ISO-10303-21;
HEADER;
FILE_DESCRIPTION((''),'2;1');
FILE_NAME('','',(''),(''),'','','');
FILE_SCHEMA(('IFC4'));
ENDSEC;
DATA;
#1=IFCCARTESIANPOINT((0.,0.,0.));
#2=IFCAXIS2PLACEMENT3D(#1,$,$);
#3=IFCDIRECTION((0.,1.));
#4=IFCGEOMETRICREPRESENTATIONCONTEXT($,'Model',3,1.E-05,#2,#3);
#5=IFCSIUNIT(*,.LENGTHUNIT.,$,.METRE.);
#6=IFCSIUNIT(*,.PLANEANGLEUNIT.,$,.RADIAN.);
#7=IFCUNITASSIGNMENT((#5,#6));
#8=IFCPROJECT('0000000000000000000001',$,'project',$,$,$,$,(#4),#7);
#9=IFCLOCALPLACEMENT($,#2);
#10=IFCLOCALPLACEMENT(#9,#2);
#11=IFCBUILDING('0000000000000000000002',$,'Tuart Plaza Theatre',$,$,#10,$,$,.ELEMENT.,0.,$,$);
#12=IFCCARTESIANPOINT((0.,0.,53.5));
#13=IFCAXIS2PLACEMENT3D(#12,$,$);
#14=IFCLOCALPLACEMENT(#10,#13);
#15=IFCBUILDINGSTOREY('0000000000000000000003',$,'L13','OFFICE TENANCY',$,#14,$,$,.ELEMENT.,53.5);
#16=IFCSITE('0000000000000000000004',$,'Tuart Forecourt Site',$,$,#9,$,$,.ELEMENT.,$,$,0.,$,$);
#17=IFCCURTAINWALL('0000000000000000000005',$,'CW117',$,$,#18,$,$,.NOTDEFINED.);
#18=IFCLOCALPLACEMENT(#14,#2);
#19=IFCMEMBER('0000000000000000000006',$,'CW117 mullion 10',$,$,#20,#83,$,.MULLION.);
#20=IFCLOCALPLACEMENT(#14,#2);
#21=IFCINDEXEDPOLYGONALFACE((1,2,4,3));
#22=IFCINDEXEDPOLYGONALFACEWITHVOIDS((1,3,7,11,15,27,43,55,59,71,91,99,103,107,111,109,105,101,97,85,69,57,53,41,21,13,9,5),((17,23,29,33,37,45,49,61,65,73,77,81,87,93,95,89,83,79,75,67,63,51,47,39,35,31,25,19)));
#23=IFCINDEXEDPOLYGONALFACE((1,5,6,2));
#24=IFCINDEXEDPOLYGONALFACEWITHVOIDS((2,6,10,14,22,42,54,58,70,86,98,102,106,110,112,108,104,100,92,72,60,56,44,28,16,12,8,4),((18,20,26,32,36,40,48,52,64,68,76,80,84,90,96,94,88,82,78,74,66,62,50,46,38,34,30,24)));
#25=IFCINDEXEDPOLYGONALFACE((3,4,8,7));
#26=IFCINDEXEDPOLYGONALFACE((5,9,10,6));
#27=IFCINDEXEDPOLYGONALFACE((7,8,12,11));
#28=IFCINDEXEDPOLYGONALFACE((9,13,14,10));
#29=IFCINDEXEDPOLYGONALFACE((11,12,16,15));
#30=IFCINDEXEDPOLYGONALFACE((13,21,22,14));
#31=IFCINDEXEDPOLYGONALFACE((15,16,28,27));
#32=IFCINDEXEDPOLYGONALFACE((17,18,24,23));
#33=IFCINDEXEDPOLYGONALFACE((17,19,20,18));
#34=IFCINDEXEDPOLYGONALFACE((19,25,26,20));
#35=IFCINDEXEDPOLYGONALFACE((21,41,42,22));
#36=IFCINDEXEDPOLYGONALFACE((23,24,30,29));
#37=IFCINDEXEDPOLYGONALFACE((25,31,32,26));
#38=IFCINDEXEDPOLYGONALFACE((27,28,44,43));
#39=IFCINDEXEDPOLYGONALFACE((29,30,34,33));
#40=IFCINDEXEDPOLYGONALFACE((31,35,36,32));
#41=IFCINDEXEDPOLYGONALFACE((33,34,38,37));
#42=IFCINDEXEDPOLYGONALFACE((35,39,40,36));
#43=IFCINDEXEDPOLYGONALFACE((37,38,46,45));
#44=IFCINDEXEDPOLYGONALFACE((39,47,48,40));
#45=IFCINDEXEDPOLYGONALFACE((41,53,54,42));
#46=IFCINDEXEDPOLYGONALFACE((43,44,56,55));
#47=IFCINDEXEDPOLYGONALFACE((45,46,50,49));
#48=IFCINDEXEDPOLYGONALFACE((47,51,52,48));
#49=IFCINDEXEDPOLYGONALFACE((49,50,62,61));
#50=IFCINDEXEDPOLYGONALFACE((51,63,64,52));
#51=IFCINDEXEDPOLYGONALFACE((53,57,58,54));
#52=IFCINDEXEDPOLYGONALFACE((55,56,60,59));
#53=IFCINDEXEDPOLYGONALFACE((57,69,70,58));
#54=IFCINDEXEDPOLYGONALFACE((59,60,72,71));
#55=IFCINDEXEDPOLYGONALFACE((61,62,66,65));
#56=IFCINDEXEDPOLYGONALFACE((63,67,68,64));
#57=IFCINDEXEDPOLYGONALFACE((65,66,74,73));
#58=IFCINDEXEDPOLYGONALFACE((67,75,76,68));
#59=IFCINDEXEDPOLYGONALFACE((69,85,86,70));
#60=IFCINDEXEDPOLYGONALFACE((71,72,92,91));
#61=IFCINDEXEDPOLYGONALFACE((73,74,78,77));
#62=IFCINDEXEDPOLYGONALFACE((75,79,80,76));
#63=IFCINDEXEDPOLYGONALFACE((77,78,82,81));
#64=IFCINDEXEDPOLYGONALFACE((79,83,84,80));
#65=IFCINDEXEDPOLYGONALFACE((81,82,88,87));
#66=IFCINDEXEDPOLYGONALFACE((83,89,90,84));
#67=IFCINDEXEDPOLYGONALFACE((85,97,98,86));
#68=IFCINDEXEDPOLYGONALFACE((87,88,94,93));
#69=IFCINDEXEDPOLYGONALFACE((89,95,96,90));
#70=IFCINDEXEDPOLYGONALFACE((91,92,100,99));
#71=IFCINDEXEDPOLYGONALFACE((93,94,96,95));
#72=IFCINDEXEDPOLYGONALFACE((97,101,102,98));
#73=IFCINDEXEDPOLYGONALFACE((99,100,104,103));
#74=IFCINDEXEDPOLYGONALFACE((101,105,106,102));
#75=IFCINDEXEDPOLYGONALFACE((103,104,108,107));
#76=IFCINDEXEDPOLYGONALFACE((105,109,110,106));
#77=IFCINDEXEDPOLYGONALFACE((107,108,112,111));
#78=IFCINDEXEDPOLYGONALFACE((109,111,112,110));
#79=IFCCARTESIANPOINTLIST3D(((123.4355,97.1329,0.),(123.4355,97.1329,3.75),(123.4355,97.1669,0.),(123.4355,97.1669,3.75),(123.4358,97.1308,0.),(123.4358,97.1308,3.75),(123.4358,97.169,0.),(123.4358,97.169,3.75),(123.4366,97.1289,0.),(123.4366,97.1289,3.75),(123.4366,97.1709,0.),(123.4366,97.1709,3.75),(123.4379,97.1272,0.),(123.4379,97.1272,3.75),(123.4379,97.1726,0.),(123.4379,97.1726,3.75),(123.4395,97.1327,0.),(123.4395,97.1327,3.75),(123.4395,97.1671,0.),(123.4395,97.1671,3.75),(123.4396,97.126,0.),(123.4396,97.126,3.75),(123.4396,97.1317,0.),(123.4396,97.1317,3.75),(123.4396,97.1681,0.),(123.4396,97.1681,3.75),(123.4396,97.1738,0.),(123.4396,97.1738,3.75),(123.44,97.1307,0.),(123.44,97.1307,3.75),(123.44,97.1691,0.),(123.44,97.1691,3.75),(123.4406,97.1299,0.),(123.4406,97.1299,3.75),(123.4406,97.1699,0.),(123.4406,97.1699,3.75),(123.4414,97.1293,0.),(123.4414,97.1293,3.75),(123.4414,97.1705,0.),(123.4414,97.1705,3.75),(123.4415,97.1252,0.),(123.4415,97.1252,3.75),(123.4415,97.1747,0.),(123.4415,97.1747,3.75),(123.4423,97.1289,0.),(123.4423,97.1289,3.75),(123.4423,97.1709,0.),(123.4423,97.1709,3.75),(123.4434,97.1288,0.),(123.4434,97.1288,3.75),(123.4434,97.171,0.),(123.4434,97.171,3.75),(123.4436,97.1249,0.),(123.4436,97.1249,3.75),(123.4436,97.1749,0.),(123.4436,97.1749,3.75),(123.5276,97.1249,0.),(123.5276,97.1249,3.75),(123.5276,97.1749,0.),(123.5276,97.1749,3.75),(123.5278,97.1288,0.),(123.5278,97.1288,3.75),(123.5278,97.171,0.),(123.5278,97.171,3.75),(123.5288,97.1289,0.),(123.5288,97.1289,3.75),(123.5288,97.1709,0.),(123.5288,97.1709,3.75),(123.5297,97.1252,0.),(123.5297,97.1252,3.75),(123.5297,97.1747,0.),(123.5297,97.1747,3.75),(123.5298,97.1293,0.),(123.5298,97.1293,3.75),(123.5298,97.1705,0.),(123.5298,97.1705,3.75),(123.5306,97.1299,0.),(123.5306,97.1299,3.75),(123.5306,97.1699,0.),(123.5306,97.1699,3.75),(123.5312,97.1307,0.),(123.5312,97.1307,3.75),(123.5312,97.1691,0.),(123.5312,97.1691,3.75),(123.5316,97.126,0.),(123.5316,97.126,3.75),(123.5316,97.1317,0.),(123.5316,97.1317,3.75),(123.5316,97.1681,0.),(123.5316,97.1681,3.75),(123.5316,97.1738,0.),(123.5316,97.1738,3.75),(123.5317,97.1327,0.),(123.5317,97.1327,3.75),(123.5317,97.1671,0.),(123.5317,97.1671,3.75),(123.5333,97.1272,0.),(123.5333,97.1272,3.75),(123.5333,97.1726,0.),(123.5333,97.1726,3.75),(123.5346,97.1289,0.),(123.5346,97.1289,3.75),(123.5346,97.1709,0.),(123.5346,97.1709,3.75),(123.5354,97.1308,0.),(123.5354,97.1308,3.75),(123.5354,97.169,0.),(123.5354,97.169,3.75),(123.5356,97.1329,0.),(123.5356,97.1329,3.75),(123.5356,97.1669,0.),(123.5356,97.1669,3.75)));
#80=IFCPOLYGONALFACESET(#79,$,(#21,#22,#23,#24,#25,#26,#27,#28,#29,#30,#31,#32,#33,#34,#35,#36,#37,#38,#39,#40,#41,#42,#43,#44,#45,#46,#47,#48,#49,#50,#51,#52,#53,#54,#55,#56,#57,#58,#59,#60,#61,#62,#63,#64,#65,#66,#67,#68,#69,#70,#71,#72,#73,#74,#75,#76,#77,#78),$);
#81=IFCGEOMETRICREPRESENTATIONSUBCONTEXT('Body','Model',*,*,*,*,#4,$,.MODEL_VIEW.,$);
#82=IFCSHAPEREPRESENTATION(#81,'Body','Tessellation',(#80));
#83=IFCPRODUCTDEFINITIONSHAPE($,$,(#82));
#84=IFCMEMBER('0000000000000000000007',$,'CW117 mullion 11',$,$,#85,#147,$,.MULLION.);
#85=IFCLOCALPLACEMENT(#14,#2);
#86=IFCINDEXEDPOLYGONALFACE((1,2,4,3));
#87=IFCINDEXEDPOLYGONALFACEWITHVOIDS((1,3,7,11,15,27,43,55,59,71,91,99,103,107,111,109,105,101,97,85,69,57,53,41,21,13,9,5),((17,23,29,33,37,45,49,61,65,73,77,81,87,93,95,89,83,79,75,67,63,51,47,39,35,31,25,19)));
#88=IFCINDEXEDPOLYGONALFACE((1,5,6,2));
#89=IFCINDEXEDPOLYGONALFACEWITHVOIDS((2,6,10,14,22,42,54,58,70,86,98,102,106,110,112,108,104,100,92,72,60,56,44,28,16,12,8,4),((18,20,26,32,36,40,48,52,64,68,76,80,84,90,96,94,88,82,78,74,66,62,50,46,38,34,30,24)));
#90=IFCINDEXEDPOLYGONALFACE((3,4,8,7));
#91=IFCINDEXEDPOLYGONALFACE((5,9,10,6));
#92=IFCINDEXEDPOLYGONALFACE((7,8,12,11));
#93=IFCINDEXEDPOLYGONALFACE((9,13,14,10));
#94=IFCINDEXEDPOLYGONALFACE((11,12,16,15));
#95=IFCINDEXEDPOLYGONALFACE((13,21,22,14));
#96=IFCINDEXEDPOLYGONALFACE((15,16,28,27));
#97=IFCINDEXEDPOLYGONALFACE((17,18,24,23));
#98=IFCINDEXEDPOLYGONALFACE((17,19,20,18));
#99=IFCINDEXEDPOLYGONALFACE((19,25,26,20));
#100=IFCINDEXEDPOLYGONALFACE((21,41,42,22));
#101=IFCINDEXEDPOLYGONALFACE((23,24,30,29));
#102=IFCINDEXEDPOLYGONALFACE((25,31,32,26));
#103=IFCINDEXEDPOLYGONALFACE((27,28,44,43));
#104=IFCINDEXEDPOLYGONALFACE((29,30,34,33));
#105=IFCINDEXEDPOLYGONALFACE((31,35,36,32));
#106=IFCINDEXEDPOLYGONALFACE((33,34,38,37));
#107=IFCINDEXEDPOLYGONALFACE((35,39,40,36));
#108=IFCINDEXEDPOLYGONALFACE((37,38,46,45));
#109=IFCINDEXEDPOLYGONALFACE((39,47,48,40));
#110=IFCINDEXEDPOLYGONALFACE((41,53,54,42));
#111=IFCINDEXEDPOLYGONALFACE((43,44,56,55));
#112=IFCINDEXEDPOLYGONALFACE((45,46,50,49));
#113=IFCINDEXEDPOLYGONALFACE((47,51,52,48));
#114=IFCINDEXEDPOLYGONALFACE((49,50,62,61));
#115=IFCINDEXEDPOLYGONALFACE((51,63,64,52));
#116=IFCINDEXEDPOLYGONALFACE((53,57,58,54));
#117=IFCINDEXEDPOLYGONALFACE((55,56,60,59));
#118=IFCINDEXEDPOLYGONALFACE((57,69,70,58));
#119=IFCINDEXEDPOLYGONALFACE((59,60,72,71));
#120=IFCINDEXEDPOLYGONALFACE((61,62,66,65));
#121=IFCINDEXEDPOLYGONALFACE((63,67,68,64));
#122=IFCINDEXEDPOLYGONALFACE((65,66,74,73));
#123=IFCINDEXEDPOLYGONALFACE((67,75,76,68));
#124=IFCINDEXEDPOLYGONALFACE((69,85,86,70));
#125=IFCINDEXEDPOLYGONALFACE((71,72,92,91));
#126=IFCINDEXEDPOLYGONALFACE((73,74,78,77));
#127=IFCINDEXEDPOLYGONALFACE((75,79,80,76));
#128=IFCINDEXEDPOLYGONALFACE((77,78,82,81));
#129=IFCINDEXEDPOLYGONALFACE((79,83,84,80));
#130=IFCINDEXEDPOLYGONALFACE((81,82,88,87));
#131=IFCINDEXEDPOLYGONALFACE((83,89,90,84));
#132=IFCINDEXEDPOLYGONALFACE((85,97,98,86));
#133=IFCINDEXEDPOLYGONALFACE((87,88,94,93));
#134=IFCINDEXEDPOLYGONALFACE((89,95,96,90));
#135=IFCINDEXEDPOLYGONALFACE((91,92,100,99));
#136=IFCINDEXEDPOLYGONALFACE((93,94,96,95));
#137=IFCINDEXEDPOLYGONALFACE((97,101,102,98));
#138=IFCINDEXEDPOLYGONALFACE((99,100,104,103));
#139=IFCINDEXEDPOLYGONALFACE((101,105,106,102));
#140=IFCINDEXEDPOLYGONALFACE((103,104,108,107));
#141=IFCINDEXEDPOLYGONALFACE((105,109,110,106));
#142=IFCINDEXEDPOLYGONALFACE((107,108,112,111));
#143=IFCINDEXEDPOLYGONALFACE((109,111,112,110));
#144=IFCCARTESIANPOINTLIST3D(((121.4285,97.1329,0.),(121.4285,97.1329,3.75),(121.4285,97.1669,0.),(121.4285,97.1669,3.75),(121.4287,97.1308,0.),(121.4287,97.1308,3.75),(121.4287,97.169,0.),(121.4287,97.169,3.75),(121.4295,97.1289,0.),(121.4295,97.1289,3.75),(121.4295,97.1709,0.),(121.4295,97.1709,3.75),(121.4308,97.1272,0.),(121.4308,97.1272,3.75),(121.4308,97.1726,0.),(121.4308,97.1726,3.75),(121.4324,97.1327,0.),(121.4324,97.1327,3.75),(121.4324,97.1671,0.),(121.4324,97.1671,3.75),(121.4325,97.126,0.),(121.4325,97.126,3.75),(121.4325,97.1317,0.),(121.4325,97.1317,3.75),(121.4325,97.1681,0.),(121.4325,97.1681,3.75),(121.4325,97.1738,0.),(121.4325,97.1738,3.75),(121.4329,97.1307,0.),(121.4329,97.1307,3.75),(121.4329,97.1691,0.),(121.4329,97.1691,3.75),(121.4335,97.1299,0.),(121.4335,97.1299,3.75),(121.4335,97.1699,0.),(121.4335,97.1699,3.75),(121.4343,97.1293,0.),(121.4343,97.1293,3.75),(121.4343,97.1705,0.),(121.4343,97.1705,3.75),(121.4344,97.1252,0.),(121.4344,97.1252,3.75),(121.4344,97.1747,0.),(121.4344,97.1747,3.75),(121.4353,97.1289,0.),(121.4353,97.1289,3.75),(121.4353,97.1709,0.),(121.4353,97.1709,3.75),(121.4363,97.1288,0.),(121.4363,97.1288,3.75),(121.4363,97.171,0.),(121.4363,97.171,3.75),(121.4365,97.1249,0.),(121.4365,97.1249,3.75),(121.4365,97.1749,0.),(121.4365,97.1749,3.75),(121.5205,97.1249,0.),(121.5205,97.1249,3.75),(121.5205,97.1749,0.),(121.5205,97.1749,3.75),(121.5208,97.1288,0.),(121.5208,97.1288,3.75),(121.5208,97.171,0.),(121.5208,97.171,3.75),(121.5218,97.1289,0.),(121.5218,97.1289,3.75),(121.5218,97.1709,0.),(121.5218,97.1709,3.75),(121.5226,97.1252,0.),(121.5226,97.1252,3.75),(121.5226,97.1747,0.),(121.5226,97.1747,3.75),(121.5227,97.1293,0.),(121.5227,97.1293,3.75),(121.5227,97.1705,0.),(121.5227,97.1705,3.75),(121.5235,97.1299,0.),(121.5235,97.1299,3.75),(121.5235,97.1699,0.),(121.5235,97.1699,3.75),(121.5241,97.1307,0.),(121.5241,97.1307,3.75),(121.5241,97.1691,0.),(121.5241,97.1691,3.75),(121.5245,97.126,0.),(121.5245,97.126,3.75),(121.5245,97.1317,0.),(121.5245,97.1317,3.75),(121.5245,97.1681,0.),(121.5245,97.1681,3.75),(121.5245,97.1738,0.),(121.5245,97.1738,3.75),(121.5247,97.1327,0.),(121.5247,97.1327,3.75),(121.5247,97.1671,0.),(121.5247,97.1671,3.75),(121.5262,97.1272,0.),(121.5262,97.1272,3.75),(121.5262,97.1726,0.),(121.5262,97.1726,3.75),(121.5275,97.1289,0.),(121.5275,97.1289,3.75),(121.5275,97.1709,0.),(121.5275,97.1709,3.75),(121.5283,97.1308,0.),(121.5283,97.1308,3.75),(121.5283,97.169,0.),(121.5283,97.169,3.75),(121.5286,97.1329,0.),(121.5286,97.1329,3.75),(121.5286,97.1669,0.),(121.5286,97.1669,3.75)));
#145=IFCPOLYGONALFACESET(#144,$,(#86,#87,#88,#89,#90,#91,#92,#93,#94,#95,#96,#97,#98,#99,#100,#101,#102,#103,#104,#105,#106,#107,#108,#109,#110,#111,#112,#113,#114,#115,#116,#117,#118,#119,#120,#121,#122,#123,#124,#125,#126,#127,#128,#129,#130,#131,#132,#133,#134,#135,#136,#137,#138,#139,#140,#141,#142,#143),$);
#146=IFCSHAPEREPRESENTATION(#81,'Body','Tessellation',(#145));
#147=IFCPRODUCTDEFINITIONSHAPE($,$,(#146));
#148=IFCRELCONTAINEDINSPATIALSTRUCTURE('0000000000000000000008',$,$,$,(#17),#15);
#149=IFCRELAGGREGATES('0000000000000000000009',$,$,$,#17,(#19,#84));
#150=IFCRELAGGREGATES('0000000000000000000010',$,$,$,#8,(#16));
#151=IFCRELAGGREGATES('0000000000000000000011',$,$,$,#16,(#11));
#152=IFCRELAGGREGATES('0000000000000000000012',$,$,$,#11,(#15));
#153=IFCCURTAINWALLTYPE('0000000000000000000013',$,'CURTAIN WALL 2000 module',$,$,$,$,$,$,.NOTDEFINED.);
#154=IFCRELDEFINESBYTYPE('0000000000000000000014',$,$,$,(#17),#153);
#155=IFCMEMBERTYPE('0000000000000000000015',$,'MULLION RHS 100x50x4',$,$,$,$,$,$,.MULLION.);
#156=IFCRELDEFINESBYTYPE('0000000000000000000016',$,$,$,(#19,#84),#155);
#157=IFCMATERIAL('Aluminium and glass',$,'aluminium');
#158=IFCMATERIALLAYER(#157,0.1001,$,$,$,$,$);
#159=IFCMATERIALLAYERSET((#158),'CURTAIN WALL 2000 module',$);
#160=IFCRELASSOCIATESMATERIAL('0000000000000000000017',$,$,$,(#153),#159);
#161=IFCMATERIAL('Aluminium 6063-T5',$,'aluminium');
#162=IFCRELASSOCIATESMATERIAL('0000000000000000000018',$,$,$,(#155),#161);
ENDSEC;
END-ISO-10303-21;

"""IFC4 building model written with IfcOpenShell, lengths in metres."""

from ifc_helpers import new_model, si_unit, direction, frame, origin, origin_2d, place, context, subcontext, project, spatial, hollow_rectangle, extrude, material, layer, layer_set, material_profile, profile_set, type_object, element, aggregate, save


model = new_model("IFC4")

# Units and contexts
model_context = context("Model", 3, precision=1e-05, world=origin(), true_north=direction((0.0, 1.0)))
body_context = subcontext(model_context, "Body", "Model", "MODEL_VIEW")
ifc_project = project(units=[si_unit("LENGTHUNIT", "METRE"), si_unit("PLANEANGLEUNIT", "RADIAN")], contexts=[model_context])

# Site, building, storey
site_placement = place(None, origin())
site = spatial("IfcSite", under=ifc_project, at=site_placement, Name="Tuart Forecourt Site", CompositionType="ELEMENT", RefElevation=0.0)
building_placement = place(site_placement, origin())
building = spatial("IfcBuilding", under=site, at=building_placement, Name="Tuart Plaza Theatre", CompositionType="ELEMENT", ElevationOfRefHeight=0.0)
storey_placement = place(building_placement, frame((0.0, 0.0, 53.5)))
storey = spatial("IfcBuildingStorey", under=building, at=storey_placement, Name="L13", Description="OFFICE TENANCY", CompositionType="ELEMENT", Elevation=53.5)

# Curtain wall, members
ifc_material_1 = material(Name="Aluminium and glass", Category="aluminium")
ifc_layer_1 = layer(ifc_material_1, 0.1001)
ifc_layer_set_1 = layer_set([ifc_layer_1], Name="CURTAIN WALL 2000 module")
curtain_wall_type = type_object("IfcCurtainWallType", Name="CURTAIN WALL 2000 module", PredefinedType="NOTDEFINED", material=ifc_layer_set_1)
curtain_wall_placement = place(storey_placement, origin())
curtain_wall = element("IfcCurtainWall", 1, at=curtain_wall_placement, inside=storey, type_object=curtain_wall_type, Name="CW117", PredefinedType="NOTDEFINED")
ifc_material_2 = material(Name="Aluminium 6063-T5", Category="aluminium")
ifc_material_profile_1 = material_profile(ifc_material_2, hollow_rectangle(XDim=0.05, YDim=0.1001, WallThickness=0.0039, InnerFilletRadius=0.0039, OuterFilletRadius=0.0081, at=origin_2d()), Name="RHS 100x50x4")
ifc_profile_set_1 = profile_set([ifc_material_profile_1], Name="Aluminium 6063-T5")
member_type_1 = type_object("IfcMemberType", Name="MULLION RHS 100x50x4", PredefinedType="MULLION", material=ifc_profile_set_1)
member_1_placement = place(storey_placement, frame((123.4856, 97.1499, 0.0), z_axis=(0.0, 0.0, 1.0), x_axis=(0.0, -1.0, 0.0)))
member_1 = element("IfcMember", 2, at=member_1_placement, type_object=member_type_1, Name="CW117 mullion 10", PredefinedType="MULLION", context=body_context, shape_type="SweptSolid", body=[
    extrude(hollow_rectangle(XDim=0.05, YDim=0.1001, WallThickness=0.0039, InnerFilletRadius=0.0039, OuterFilletRadius=0.0081, at=origin_2d()), origin(), (0.0, 0.0, 1.0), 3.75),
])
member_2_placement = place(storey_placement, frame((121.4785, 97.1499, 0.0), z_axis=(0.0, 0.0, 1.0), x_axis=(0.0, -1.0, 0.0)))
member_2 = element("IfcMember", 3, at=member_2_placement, type_object=member_type_1, Name="CW117 mullion 11", PredefinedType="MULLION", context=body_context, shape_type="SweptSolid", body=[
    extrude(hollow_rectangle(XDim=0.05, YDim=0.1001, WallThickness=0.0039, InnerFilletRadius=0.0039, OuterFilletRadius=0.0081, at=origin_2d()), origin(), (0.0, 0.0, 1.0), 3.75),
])
aggregate(curtain_wall, [member_1, member_2])

save(model, "model.ifc")
